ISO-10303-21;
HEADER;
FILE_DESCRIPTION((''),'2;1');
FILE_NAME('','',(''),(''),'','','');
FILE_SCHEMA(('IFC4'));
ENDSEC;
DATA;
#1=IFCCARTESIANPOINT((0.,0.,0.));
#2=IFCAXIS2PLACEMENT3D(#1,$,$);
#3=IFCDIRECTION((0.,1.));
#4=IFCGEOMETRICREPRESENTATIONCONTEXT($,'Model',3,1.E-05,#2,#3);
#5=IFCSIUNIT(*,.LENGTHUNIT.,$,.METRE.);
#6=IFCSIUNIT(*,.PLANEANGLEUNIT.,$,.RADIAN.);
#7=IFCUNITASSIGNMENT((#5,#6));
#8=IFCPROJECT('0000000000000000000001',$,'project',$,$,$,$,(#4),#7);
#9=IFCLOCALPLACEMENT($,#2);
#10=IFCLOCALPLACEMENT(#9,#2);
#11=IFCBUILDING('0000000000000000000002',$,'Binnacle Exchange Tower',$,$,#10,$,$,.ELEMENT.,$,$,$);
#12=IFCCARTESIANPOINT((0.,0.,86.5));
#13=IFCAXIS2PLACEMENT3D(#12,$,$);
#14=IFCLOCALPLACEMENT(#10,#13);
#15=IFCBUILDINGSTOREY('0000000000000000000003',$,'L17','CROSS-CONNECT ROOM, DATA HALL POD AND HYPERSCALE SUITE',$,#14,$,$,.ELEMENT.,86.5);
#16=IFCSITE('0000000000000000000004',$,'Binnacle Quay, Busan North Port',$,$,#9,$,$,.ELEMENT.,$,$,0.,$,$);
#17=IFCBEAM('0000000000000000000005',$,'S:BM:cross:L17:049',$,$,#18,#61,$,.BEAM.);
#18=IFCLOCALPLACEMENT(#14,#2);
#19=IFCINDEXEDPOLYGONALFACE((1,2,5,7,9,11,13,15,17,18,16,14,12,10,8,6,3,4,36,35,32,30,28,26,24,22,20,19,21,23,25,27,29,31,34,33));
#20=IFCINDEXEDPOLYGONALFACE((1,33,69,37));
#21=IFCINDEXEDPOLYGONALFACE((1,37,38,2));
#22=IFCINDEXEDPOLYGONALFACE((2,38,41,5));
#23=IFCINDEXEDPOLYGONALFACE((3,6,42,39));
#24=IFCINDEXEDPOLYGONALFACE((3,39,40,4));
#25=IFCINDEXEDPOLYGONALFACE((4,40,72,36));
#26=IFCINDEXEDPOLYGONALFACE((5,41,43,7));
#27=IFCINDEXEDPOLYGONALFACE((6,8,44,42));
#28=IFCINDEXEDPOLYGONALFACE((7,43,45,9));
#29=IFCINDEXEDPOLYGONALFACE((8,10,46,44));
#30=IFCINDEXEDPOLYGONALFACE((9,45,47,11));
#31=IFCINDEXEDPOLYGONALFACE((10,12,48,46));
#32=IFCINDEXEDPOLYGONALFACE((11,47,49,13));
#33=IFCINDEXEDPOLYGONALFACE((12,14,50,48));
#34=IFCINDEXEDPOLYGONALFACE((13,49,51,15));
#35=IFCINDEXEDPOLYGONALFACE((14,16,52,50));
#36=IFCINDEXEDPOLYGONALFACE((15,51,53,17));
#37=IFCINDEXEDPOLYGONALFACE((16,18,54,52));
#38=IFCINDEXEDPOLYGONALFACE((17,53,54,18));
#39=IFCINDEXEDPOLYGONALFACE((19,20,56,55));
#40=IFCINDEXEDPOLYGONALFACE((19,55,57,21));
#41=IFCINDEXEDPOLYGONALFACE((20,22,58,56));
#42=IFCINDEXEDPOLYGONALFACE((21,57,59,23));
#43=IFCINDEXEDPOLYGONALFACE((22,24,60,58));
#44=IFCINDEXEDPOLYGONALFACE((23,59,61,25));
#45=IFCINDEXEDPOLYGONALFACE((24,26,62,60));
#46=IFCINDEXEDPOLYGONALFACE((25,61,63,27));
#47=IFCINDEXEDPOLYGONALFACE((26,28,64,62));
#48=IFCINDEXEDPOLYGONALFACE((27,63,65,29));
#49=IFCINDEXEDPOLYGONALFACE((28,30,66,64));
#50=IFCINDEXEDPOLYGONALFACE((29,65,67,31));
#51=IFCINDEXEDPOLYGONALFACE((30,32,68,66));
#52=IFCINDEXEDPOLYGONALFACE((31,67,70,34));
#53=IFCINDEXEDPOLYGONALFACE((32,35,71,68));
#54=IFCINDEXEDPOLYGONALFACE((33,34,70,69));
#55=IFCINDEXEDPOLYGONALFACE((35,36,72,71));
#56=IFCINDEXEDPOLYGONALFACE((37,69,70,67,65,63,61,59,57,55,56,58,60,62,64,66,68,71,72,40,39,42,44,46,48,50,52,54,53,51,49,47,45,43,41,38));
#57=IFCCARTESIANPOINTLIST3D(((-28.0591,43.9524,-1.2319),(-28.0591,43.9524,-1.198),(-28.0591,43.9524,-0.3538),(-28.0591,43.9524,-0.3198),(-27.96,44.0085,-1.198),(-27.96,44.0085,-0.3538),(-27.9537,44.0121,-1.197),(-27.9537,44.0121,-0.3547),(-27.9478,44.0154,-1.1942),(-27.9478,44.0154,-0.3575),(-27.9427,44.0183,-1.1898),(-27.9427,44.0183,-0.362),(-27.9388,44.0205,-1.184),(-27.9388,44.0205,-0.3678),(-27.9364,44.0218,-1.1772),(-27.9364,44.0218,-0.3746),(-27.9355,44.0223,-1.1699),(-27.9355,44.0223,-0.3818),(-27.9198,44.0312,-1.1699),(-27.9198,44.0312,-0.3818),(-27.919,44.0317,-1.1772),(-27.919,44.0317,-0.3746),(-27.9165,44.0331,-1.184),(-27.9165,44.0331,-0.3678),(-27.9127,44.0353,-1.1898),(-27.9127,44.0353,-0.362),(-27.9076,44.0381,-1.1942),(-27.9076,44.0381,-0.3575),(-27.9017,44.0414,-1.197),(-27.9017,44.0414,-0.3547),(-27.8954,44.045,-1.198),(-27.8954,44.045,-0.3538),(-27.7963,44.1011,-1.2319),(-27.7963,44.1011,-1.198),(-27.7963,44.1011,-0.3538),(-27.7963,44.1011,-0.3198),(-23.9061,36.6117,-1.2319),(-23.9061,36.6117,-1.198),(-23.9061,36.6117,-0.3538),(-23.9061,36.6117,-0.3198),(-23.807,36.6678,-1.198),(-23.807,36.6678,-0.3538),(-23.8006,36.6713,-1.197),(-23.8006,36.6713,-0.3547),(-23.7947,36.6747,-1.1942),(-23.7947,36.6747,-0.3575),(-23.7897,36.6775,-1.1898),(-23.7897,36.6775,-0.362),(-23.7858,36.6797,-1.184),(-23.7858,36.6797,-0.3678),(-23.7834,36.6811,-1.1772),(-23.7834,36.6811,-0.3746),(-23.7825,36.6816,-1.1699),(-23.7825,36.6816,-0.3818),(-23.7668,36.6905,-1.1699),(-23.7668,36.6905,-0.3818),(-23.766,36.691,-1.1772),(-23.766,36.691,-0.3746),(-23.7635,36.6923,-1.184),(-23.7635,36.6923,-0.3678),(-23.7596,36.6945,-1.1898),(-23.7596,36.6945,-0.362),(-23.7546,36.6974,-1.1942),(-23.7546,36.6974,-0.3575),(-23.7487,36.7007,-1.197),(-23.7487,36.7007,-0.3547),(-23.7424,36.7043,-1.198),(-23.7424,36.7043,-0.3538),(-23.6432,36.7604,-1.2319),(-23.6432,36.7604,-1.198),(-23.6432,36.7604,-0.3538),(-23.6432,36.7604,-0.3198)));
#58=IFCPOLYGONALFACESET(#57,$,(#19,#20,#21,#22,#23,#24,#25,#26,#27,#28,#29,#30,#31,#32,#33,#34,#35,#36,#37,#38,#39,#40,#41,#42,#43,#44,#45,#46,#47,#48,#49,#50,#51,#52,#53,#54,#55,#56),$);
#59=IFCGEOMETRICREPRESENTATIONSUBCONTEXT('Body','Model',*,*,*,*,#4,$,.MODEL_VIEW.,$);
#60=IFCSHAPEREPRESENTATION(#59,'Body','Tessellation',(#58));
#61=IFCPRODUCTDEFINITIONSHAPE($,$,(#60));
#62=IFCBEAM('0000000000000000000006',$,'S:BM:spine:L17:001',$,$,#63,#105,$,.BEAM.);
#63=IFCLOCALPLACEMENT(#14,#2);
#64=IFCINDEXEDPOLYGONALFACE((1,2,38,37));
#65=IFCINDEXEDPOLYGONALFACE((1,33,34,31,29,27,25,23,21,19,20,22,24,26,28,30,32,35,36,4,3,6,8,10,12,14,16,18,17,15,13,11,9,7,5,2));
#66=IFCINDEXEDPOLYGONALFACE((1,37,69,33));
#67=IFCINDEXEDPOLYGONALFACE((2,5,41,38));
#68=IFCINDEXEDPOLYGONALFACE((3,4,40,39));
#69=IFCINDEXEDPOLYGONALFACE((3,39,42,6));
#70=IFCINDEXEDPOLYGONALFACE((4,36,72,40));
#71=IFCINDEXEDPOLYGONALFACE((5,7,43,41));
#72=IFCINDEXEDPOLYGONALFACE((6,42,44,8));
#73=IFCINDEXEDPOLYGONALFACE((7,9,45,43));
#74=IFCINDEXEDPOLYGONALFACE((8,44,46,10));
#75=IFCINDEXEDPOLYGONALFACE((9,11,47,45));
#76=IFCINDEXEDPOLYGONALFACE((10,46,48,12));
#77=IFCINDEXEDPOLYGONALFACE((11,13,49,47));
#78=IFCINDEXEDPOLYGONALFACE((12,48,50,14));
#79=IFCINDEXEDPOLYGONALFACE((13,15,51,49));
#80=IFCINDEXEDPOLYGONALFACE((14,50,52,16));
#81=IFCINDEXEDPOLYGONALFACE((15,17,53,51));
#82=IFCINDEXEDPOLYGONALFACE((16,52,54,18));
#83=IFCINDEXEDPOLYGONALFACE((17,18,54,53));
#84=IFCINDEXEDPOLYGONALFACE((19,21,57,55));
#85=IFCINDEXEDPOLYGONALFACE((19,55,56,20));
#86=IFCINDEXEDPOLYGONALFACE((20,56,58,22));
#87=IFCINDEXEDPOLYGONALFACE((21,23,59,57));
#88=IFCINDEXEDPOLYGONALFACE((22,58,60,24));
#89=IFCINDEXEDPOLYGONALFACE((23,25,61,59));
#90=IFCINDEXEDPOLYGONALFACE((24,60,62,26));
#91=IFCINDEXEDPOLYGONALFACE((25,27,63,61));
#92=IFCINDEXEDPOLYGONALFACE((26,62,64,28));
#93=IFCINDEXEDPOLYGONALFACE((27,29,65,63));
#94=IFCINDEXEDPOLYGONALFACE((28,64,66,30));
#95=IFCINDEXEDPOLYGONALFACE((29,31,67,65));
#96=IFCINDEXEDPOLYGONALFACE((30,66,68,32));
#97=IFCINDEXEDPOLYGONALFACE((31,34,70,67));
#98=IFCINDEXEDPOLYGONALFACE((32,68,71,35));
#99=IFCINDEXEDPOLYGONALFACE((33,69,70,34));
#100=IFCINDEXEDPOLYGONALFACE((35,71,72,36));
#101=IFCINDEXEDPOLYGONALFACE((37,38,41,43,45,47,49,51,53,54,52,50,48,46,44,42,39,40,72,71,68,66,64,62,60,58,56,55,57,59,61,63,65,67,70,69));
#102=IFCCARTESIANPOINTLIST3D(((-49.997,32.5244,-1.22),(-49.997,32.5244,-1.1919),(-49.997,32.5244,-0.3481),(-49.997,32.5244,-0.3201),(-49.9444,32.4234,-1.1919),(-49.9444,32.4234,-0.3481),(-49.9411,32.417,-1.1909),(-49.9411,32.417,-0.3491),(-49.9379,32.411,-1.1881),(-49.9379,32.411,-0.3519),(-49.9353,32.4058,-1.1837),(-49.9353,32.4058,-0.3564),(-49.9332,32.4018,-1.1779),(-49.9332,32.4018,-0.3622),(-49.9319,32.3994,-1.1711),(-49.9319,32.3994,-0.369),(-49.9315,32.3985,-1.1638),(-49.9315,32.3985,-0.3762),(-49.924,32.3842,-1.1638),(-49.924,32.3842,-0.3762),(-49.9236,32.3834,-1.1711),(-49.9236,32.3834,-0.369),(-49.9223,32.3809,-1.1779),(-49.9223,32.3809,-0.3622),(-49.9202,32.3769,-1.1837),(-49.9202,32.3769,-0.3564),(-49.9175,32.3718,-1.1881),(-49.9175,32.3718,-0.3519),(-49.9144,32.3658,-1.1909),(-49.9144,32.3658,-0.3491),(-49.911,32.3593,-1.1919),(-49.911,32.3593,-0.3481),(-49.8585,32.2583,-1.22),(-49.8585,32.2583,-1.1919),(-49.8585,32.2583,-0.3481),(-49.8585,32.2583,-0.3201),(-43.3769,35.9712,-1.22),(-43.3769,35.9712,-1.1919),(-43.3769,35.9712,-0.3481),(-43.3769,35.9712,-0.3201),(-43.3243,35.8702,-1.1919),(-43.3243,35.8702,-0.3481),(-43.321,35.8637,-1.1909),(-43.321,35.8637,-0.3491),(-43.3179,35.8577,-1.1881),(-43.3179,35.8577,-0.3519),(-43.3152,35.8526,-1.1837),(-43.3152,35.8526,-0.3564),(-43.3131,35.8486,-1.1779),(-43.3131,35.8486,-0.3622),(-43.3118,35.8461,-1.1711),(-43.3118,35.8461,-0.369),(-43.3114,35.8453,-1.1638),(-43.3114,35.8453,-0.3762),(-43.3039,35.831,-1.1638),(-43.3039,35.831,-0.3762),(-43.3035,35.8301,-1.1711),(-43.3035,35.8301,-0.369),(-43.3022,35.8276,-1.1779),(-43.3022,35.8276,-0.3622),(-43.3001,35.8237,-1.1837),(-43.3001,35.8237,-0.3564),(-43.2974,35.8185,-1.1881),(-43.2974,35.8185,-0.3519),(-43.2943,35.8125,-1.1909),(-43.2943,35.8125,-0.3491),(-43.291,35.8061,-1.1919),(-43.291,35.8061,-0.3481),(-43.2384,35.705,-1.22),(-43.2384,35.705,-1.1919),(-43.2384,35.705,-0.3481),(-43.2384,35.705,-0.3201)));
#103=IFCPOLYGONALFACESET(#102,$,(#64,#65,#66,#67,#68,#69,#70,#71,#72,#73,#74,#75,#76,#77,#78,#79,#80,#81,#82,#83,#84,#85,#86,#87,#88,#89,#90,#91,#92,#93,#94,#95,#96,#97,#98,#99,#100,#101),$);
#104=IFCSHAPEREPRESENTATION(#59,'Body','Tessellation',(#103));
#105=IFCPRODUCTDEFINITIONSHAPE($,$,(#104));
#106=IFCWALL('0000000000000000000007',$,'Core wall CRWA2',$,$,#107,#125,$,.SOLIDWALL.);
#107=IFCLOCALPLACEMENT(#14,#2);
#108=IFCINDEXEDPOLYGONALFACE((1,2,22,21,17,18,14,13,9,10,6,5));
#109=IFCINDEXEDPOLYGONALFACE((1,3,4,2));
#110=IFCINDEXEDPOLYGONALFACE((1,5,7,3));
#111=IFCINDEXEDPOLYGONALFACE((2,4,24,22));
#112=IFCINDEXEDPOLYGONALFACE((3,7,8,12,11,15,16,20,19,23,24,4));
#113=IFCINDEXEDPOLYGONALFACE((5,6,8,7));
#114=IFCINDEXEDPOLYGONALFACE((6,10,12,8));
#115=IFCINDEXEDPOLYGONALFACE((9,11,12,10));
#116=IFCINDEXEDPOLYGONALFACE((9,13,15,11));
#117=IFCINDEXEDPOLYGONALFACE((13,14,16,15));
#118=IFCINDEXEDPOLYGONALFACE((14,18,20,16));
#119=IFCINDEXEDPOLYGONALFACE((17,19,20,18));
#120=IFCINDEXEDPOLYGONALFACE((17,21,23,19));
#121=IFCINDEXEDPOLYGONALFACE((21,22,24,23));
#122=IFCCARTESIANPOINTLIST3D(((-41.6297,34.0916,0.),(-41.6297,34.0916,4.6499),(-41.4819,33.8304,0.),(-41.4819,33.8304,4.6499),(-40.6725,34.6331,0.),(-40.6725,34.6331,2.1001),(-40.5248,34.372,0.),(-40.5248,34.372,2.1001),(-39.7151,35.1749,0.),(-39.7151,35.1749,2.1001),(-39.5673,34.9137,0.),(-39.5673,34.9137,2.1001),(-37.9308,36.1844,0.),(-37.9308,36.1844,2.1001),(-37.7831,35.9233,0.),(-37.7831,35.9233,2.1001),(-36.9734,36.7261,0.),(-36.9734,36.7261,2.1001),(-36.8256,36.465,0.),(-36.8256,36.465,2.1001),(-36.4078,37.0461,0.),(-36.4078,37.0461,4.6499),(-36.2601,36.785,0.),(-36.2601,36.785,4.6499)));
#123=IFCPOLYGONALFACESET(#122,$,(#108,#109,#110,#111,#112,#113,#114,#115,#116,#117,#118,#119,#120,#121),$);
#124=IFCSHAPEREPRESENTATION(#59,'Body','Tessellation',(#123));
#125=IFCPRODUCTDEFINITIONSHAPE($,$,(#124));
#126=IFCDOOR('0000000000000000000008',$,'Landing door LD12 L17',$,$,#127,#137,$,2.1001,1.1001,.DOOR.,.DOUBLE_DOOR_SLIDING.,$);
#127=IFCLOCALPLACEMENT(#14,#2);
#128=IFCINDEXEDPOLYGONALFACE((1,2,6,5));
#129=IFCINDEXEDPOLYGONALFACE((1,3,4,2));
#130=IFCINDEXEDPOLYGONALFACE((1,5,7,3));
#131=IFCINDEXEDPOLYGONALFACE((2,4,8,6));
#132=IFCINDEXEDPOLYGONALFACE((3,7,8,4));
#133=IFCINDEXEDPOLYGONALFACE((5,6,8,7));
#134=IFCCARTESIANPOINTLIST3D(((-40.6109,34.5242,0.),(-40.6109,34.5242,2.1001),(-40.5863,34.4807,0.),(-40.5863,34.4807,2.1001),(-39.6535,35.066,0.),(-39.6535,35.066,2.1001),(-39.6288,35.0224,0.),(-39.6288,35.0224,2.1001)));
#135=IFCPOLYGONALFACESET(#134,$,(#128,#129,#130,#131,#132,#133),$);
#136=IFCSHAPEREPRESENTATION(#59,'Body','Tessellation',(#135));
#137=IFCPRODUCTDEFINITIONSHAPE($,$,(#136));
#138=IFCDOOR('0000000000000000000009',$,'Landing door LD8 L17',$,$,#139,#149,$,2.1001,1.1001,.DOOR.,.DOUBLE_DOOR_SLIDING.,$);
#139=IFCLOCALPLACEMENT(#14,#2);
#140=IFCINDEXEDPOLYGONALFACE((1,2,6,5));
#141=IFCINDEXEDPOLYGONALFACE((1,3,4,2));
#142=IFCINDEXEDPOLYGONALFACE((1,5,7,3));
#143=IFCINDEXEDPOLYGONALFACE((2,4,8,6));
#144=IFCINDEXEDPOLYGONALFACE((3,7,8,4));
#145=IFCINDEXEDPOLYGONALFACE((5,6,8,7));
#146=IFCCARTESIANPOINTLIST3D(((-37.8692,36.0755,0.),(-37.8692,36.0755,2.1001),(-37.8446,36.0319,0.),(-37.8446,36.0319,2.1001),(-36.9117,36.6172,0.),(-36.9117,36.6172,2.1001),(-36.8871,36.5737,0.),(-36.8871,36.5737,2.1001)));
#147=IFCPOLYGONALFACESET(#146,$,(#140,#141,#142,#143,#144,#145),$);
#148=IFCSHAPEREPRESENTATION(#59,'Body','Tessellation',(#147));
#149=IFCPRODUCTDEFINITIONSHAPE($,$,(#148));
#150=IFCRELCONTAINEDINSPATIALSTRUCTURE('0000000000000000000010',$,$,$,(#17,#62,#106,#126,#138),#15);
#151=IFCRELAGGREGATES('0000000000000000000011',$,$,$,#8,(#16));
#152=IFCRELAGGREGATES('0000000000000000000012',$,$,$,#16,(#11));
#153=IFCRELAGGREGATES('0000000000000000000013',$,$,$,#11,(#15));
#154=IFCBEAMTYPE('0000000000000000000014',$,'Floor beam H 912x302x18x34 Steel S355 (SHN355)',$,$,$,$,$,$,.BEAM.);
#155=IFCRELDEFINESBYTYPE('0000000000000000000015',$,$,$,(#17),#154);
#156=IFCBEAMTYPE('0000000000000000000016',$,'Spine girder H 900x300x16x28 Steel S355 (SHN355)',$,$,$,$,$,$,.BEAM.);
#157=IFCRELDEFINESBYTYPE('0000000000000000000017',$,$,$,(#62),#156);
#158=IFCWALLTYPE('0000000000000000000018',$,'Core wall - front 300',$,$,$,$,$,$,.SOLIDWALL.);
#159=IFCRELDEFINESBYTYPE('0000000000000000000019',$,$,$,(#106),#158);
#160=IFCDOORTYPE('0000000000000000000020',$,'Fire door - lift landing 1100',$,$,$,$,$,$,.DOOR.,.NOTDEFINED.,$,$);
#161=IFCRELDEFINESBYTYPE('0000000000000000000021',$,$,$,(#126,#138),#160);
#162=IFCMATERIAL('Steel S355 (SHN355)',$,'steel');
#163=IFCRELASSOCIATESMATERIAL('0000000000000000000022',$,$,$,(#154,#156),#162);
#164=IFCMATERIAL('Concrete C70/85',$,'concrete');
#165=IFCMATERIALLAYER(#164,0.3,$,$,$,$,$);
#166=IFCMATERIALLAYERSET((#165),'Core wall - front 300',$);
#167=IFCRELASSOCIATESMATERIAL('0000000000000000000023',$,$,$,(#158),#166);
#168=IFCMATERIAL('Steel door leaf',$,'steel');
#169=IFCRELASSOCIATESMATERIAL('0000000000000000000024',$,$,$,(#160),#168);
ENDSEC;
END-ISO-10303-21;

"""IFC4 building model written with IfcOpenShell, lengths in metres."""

from ifc_helpers import new_model, si_unit, direction, frame, frame_2d, origin, origin_2d, place, context, subcontext, project, spatial, rectangle, i_section, extrude, material, layer, layer_set, material_profile, profile_set, type_object, element, fill, save


model = new_model("IFC4")

# Units and contexts
model_context = context("Model", 3, precision=1e-05, world=origin(), true_north=direction((0.0, 1.0)))
body_context = subcontext(model_context, "Body", "Model", "MODEL_VIEW")
ifc_project = project(units=[si_unit("LENGTHUNIT", "METRE"), si_unit("PLANEANGLEUNIT", "RADIAN")], contexts=[model_context])

# Site, building, storey
site_placement = place(None, origin())
site = spatial("IfcSite", under=ifc_project, at=site_placement, Name="Binnacle Quay, Busan North Port", CompositionType="ELEMENT", RefElevation=0.0)
building_placement = place(site_placement, origin())
building = spatial("IfcBuilding", under=site, at=building_placement, Name="Binnacle Exchange Tower", CompositionType="ELEMENT")
storey_placement = place(building_placement, frame((0.0, 0.0, 86.5)))
storey = spatial("IfcBuildingStorey", under=building, at=storey_placement, Name="L17", Description="CROSS-CONNECT ROOM, DATA HALL POD AND HYPERSCALE SUITE", CompositionType="ELEMENT", Elevation=86.5)

# Shared definitions
ifc_material_1 = material(Name="Concrete C70/85", Category="concrete")

# Beams
ifc_material_2 = material(Name="Steel S355 (SHN355)", Category="steel")
ifc_material_profile_1 = material_profile(ifc_material_2, i_section(OverallWidth=0.302, OverallDepth=0.9121, WebThickness=0.0181, FlangeThickness=0.0339, FilletRadius=0.0281, at=origin_2d()), Name="H 912x302x18x34")
ifc_profile_set_1 = profile_set([ifc_material_profile_1], Name="Steel S355 (SHN355)")
beam_type_1 = type_object("IfcBeamType", Name="Floor beam H 912x302x18x34 Steel S355 (SHN355)", PredefinedType="BEAM", material=ifc_profile_set_1)
beam_1_placement = place(storey_placement, frame((-23.7747, 36.686, -0.7759), z_axis=(-0.492409, 0.870364, 0.0), x_axis=(-0.870364, -0.492409, 0.0)))
element("IfcBeam", 1, at=beam_1_placement, inside=storey, type_object=beam_type_1, Name="S:BM:cross:L17:049", PredefinedType="BEAM", context=body_context, shape_type="SweptSolid", body=[
    extrude(i_section(OverallWidth=0.302, OverallDepth=0.9121, WebThickness=0.0181, FlangeThickness=0.0339, FilletRadius=0.0281, at=origin_2d()), origin(), (0.0, 0.0, 1.0), 8.4341),
])
ifc_material_profile_2 = material_profile(ifc_material_2, i_section(OverallWidth=0.3, OverallDepth=0.8999, WebThickness=0.0161, FlangeThickness=0.0281, FilletRadius=0.0281, at=origin_2d()), Name="H 900x300x16x28")
ifc_profile_set_2 = profile_set([ifc_material_profile_2], Name="Steel S355 (SHN355)")
beam_type_2 = type_object("IfcBeamType", Name="Spine girder H 900x300x16x28 Steel S355 (SHN355)", PredefinedType="BEAM", material=ifc_profile_set_2)
beam_2_placement = place(storey_placement, frame((-49.9277, 32.3914, -0.77), z_axis=(0.88698, 0.461808, 0.0), x_axis=(-0.461808, 0.88698, 0.0)))
element("IfcBeam", 2, at=beam_2_placement, inside=storey, type_object=beam_type_2, Name="S:BM:spine:L17:001", PredefinedType="BEAM", context=body_context, shape_type="SweptSolid", body=[
    extrude(i_section(OverallWidth=0.3, OverallDepth=0.8999, WebThickness=0.0161, FlangeThickness=0.0281, FilletRadius=0.0281, at=origin_2d()), origin(), (0.0, 0.0, 1.0), 7.4636),
])

# Wall, openings, doors
ifc_layer_1 = layer(ifc_material_1, 0.3)
ifc_layer_set_1 = layer_set([ifc_layer_1], Name="Core wall - front 300")
wall_type_1 = type_object("IfcWallType", Name="Core wall - front 300", PredefinedType="SOLIDWALL", material=ifc_layer_set_1)
wall_1_placement = place(storey_placement, frame((-41.5559, 33.9609, 0.0), z_axis=(0.0, 0.0, 1.0), x_axis=(0.870344, 0.492445, 0.0)))
wall_1 = element("IfcWall", 3, at=wall_1_placement, inside=storey, type_object=wall_type_1, Name="Core wall CRWA2", PredefinedType="SOLIDWALL", context=body_context, shape_type="SweptSolid", body=[
    extrude(rectangle(XDim=5.9998, YDim=0.3, at=frame_2d((3.0, 0.0))), origin(), (0.0, 0.0, 1.0), 4.6499),
])
opening_1_placement = place(wall_1_placement, frame((1.0999, 0.0, 0.0)))
opening_1 = element("IfcOpeningElement", 4, at=opening_1_placement, cuts=wall_1, PredefinedType="OPENING", context=body_context, shape_type="SweptSolid", body=[
    extrude(rectangle(XDim=1.1001, YDim=2.1001, at=frame_2d((0.55, 1.05))), frame((0.0, 0.1599, 0.0), z_axis=(0.0, -1.0, 0.0), x_axis=(1.0, 0.0, 0.0)), (0.0, 0.0, 1.0), 0.3201),
])
opening_2_placement = place(wall_1_placement, frame((4.25, 0.0, 0.0)))
opening_2 = element("IfcOpeningElement", 5, at=opening_2_placement, cuts=wall_1, PredefinedType="OPENING", context=body_context, shape_type="SweptSolid", body=[
    extrude(rectangle(XDim=1.1001, YDim=2.1001, at=frame_2d((0.55, 1.05))), frame((0.0, 0.1599, 0.0), z_axis=(0.0, -1.0, 0.0), x_axis=(1.0, 0.0, 0.0)), (0.0, 0.0, 1.0), 0.3201),
])
ifc_material_3 = material(Name="Steel door leaf", Category="steel")
door_type_1 = type_object("IfcDoorType", Name="Fire door - lift landing 1100", OperationType="NOTDEFINED", PredefinedType="DOOR", material=ifc_material_3)
door_1_placement = place(opening_1_placement, origin())
door_1 = element("IfcDoor", 6, at=door_1_placement, inside=storey, type_object=door_type_1, Name="Landing door LD12 L17", OperationType="DOUBLE_DOOR_SLIDING", OverallHeight=2.1001, OverallWidth=1.1001, PredefinedType="DOOR", context=body_context, shape_type="SweptSolid", body=[
    extrude(rectangle(XDim=1.1001, YDim=2.1001, at=frame_2d((0.55, 1.05))), frame((0.0, 0.0249, 0.0), z_axis=(0.0, -1.0, 0.0), x_axis=(1.0, 0.0, 0.0)), (0.0, 0.0, 1.0), 0.05),
])
fill(opening_1, door_1)
door_2_placement = place(opening_2_placement, origin())
door_2 = element("IfcDoor", 7, at=door_2_placement, inside=storey, type_object=door_type_1, Name="Landing door LD8 L17", OperationType="DOUBLE_DOOR_SLIDING", OverallHeight=2.1001, OverallWidth=1.1001, PredefinedType="DOOR", context=body_context, shape_type="SweptSolid", body=[
    extrude(rectangle(XDim=1.1001, YDim=2.1001, at=frame_2d((0.55, 1.05))), frame((0.0, 0.0249, 0.0), z_axis=(0.0, -1.0, 0.0), x_axis=(1.0, 0.0, 0.0)), (0.0, 0.0, 1.0), 0.05),
])
fill(opening_2, door_2)

save(model, "model.ifc")
